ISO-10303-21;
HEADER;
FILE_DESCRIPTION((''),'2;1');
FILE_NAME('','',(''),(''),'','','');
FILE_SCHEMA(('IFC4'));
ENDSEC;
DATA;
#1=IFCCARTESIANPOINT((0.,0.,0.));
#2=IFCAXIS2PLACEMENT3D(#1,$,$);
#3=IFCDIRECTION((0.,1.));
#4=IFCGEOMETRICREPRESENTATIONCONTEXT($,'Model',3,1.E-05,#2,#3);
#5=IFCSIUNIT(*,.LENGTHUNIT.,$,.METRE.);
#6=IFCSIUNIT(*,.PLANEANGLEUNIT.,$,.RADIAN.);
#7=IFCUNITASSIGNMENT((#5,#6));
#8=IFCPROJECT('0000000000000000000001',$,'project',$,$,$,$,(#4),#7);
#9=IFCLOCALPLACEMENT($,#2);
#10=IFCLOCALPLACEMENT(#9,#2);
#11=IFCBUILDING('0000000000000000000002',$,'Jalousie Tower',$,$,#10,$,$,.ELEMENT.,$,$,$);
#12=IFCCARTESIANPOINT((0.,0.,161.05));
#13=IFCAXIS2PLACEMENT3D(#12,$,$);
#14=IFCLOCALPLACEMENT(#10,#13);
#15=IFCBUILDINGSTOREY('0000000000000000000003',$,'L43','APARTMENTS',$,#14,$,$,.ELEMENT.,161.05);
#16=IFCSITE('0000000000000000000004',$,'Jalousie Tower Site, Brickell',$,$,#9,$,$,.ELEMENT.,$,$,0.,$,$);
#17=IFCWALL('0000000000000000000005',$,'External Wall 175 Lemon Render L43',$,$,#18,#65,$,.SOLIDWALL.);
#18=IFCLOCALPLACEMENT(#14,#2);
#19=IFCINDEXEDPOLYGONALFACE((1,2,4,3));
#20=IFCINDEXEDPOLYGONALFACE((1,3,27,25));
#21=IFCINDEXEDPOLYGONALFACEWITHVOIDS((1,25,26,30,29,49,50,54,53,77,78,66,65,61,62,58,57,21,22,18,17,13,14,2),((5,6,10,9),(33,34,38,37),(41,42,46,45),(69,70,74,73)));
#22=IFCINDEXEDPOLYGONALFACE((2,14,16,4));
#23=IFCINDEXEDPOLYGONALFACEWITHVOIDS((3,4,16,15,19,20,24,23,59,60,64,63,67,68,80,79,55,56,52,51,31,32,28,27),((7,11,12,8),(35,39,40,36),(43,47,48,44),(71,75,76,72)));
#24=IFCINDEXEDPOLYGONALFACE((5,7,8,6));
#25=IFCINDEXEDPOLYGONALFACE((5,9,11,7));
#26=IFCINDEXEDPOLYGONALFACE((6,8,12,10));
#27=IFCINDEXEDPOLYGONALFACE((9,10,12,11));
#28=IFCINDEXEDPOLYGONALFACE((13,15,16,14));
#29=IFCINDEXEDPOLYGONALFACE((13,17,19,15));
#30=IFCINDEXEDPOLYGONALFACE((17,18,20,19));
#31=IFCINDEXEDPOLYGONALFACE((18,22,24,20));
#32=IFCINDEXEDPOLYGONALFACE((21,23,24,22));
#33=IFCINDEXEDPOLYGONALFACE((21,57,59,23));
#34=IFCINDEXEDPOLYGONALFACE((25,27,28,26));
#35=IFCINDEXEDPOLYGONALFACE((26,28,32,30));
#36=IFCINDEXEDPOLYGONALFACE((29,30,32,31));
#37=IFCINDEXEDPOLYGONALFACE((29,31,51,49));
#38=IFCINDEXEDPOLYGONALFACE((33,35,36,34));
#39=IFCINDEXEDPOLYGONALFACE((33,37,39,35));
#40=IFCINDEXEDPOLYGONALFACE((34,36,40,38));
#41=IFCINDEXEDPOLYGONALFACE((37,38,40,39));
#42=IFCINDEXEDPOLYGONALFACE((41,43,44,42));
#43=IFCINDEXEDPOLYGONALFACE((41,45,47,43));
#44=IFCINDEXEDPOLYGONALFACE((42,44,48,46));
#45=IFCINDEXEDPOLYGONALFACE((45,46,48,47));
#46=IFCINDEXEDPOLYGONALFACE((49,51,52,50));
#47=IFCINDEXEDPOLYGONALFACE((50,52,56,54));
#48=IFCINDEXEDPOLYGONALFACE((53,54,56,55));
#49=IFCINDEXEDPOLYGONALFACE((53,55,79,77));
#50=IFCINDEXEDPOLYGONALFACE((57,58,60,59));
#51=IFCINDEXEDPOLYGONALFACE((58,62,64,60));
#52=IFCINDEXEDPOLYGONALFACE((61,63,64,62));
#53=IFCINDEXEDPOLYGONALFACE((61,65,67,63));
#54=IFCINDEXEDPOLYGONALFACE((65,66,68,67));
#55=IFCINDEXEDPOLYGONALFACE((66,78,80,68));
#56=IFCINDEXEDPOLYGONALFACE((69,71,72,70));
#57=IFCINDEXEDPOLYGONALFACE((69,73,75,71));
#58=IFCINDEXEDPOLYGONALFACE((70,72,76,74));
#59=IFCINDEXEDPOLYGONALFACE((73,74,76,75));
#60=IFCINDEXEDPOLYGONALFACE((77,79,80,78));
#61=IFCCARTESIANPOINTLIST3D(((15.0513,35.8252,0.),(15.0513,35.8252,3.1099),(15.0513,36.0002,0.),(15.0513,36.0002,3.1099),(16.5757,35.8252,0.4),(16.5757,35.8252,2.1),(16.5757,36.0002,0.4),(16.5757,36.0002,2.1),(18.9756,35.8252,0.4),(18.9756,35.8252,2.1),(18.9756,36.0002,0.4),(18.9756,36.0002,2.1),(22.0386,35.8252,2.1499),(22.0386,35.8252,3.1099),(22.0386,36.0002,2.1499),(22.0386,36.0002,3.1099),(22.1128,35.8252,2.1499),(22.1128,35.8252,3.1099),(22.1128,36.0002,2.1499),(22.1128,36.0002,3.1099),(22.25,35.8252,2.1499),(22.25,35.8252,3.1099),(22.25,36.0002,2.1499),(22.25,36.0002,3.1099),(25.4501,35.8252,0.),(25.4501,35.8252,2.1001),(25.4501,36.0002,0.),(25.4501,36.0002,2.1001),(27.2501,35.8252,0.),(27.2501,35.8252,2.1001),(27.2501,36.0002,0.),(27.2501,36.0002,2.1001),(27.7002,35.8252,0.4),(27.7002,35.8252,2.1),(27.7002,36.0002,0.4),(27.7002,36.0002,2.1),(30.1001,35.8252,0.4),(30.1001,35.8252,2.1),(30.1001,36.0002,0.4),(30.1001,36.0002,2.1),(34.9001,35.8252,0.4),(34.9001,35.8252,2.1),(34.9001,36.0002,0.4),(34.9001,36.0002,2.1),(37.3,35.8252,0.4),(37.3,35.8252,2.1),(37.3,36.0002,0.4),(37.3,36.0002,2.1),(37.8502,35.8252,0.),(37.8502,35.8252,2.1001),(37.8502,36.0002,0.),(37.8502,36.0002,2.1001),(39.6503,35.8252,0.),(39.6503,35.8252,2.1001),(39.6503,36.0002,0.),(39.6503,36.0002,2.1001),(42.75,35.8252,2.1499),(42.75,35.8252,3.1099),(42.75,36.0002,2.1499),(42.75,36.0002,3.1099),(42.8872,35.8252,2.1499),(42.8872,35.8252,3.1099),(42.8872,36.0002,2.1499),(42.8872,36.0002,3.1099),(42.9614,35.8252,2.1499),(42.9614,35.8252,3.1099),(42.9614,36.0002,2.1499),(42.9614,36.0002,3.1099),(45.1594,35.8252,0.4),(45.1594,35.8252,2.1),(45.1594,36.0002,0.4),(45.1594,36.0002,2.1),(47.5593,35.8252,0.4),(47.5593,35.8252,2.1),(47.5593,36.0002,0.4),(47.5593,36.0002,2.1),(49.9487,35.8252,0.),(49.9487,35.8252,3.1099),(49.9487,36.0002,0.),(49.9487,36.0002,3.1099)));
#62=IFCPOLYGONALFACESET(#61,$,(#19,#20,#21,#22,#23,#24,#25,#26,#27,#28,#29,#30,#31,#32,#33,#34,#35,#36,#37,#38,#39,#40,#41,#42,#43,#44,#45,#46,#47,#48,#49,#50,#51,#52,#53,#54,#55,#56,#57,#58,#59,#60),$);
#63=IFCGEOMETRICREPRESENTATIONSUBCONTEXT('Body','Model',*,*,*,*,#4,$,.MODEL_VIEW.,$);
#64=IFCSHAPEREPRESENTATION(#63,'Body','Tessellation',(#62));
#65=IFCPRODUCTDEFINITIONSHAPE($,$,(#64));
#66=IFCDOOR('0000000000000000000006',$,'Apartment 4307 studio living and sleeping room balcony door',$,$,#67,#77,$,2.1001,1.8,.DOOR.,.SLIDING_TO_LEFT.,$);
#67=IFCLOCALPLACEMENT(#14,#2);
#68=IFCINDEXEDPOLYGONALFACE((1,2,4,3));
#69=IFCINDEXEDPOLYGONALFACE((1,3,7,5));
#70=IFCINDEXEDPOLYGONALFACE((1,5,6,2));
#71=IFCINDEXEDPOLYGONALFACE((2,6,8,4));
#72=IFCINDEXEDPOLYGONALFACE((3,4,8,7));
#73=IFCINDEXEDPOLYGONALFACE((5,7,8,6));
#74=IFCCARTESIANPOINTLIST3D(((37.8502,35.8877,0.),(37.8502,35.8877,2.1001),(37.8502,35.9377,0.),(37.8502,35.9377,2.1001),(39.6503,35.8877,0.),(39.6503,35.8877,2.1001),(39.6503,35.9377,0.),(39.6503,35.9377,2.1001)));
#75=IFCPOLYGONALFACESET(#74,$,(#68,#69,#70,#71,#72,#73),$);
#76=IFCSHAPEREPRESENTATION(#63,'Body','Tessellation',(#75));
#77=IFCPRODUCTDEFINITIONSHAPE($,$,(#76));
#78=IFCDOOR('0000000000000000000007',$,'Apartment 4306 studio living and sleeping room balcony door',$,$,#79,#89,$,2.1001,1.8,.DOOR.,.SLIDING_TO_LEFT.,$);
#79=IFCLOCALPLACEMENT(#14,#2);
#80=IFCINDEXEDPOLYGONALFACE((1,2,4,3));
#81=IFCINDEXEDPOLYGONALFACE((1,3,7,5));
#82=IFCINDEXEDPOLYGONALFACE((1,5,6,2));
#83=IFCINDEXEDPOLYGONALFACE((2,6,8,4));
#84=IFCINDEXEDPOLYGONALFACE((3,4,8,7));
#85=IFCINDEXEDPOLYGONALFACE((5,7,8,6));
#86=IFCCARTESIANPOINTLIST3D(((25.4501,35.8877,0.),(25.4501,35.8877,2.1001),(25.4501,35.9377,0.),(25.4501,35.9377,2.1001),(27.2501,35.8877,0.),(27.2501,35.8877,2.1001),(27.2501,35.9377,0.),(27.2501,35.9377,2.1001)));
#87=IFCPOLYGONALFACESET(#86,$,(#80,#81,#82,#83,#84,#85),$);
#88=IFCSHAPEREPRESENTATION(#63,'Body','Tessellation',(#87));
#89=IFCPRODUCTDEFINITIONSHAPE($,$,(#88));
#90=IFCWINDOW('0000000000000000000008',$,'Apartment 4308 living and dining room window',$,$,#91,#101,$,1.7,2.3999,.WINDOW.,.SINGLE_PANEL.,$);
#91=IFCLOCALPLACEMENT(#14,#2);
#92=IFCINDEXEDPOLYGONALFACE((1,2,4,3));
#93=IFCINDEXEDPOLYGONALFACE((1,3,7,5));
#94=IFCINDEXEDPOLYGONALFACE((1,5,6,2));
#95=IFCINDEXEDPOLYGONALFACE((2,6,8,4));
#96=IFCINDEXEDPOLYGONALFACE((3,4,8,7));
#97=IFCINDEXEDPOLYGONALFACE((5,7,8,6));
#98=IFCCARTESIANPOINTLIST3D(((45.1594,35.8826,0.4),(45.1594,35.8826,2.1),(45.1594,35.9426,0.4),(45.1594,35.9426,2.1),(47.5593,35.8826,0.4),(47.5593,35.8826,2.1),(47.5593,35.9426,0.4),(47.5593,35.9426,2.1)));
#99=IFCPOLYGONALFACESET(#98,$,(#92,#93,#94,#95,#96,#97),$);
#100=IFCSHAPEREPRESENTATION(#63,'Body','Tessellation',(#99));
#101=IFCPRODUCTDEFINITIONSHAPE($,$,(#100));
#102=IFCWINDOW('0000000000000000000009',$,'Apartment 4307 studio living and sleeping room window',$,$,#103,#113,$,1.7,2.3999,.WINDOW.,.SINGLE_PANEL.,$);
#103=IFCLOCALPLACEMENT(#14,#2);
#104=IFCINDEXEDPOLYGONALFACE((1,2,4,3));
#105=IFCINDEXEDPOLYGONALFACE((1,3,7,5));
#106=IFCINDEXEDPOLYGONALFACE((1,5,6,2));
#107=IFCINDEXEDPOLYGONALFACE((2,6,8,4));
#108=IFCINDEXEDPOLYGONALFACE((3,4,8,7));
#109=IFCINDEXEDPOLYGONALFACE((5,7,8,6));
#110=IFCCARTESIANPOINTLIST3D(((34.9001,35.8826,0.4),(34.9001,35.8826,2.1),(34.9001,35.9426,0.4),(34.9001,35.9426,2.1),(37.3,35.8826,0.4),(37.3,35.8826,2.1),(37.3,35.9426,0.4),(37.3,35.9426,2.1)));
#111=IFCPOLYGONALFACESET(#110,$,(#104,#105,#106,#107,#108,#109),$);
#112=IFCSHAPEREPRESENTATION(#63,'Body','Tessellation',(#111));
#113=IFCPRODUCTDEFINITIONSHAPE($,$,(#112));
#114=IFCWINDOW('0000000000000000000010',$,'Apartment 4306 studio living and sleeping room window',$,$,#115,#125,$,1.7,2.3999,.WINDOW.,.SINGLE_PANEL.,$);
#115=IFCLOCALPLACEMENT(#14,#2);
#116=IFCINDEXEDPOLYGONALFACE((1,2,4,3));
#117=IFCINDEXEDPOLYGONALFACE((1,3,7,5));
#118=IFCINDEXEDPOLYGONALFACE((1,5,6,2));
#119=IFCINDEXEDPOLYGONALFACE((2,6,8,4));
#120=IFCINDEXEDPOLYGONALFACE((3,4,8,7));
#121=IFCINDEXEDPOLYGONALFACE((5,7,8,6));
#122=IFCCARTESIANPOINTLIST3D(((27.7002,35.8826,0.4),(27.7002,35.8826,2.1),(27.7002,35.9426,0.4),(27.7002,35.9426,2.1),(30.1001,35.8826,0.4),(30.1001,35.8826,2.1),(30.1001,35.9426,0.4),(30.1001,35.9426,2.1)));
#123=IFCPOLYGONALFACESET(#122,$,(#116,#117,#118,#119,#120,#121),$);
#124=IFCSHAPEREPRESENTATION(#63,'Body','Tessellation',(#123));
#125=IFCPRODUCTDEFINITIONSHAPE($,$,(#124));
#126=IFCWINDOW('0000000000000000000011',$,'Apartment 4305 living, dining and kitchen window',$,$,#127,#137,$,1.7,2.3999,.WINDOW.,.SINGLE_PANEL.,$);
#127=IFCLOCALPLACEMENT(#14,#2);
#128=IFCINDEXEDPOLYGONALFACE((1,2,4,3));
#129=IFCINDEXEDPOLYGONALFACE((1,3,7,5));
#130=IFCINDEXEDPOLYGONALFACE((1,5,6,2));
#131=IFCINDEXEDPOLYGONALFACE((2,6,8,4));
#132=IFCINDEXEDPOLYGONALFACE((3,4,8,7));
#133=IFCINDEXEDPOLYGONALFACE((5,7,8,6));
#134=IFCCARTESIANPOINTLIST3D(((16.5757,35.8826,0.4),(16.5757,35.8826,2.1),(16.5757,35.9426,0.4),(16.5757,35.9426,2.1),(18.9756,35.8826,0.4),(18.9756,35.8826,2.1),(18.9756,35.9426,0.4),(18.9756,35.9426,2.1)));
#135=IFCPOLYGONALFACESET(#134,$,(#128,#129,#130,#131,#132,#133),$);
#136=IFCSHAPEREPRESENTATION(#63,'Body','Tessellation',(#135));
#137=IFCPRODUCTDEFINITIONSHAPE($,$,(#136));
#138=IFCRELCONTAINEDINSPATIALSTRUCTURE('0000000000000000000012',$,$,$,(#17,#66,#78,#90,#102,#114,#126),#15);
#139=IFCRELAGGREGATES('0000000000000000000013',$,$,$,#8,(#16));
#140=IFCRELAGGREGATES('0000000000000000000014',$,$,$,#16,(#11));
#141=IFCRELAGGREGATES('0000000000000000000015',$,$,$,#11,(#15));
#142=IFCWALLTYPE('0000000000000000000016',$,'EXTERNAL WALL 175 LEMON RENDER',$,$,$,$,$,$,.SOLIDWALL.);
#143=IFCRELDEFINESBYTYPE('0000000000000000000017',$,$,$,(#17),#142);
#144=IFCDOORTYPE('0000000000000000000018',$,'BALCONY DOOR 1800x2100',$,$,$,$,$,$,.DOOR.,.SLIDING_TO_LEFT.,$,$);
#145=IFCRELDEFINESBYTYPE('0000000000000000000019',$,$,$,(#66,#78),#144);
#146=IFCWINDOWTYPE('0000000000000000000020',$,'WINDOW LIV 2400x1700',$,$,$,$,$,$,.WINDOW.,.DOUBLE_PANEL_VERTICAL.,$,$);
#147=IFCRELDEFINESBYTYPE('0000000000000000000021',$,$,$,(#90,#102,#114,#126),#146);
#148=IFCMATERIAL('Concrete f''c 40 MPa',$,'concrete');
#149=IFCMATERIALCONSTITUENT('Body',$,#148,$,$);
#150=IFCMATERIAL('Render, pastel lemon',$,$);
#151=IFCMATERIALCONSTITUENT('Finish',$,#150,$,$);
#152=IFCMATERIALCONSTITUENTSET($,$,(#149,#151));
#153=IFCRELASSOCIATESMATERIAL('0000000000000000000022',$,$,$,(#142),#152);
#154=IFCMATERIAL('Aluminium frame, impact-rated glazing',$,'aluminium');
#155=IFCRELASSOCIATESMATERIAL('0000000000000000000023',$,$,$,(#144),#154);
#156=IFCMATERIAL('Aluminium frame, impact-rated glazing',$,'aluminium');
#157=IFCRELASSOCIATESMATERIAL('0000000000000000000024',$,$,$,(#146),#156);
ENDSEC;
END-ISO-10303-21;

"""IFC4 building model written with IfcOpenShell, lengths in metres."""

from ifc_helpers import new_model, si_unit, direction, frame, frame_2d, origin, place, context, subcontext, project, spatial, polyline, rectangle, outline, extrude, material, constituent, constituent_set, type_object, element, fill, save


model = new_model("IFC4")

# Units and contexts
model_context = context("Model", 3, precision=1e-05, world=origin(), true_north=direction((0.0, 1.0)))
body_context = subcontext(model_context, "Body", "Model", "MODEL_VIEW")
ifc_project = project(units=[si_unit("LENGTHUNIT", "METRE"), si_unit("PLANEANGLEUNIT", "RADIAN")], contexts=[model_context])

# Site, building, storey
site_placement = place(None, origin())
site = spatial("IfcSite", under=ifc_project, at=site_placement, Name="Jalousie Tower Site, Brickell", CompositionType="ELEMENT", RefElevation=0.0)
building_placement = place(site_placement, origin())
building = spatial("IfcBuilding", under=site, at=building_placement, Name="Jalousie Tower", CompositionType="ELEMENT")
storey_placement = place(building_placement, frame((0.0, 0.0, 161.05)))
storey = spatial("IfcBuildingStorey", under=building, at=storey_placement, Name="L43", Description="APARTMENTS", CompositionType="ELEMENT", Elevation=161.05)

# Wall, openings, doors, windows
ifc_material_1 = material(Name="Concrete f'c 40 MPa", Category="concrete")
ifc_constituent_1 = constituent(ifc_material_1, Name="Body")
ifc_material_2 = material(Name="Render, pastel lemon")
ifc_constituent_2 = constituent(ifc_material_2, Name="Finish")
ifc_constituent_set_1 = constituent_set(constituents=[ifc_constituent_1, ifc_constituent_2])
wall_type_1 = type_object("IfcWallType", Name="EXTERNAL WALL 175 LEMON RENDER", PredefinedType="SOLIDWALL", material=ifc_constituent_set_1)
wall_1_placement = place(storey_placement, frame((49.9487, 35.9126, 0.0), z_axis=(0.0, 0.0, 1.0), x_axis=(-1.0, 0.0, 0.0)))
wall_1 = element("IfcWall", 1, at=wall_1_placement, inside=storey, type_object=wall_type_1, Name="External Wall 175 Lemon Render L43", PredefinedType="SOLIDWALL", context=body_context, shape_type="SweptSolid", body=[
    extrude(outline(polyline([(0.0, 0.0), (34.8975, 0.0), (34.8975, 3.1099), (27.9102, 3.1099), (27.9102, 2.1499), (27.8359, 2.1499), (27.8359, 3.1099), (27.6987, 3.1099), (27.6987, 2.1499), (7.1987, 2.1499), (7.1987, 3.1099), (7.0615, 3.1099), (7.0615, 2.1499), (6.9873, 2.1499), (6.9873, 3.1099), (0.0, 3.1099), (0.0, 0.0)])), frame((0.0, 0.0874, 0.0), z_axis=(0.0, -1.0, 0.0), x_axis=(1.0, 0.0, 0.0)), (0.0, 0.0, 1.0), 0.175),
])
opening_1_placement = place(wall_1_placement, frame((2.3894, 0.0, 0.3999)))
opening_1 = element("IfcOpeningElement", 2, at=opening_1_placement, cuts=wall_1, PredefinedType="OPENING", context=body_context, shape_type="SweptSolid", body=[
    extrude(rectangle(XDim=2.3999, YDim=1.7, at=frame_2d((1.2, 0.8501))), frame((0.0, 0.0974, 0.0), z_axis=(0.0, -1.0, 0.0), x_axis=(1.0, 0.0, 0.0)), (0.0, 0.0, 1.0), 0.1951),
])
opening_2_placement = place(wall_1_placement, frame((10.2986, 0.0, 0.0)))
opening_2 = element("IfcOpeningElement", 3, at=opening_2_placement, cuts=wall_1, PredefinedType="OPENING", context=body_context, shape_type="SweptSolid", body=[
    extrude(rectangle(XDim=1.8, YDim=2.1001, at=frame_2d((0.8999, 1.05))), frame((0.0, 0.0974, 0.0), z_axis=(0.0, -1.0, 0.0), x_axis=(1.0, 0.0, 0.0)), (0.0, 0.0, 1.0), 0.1951),
])
opening_3_placement = place(wall_1_placement, frame((12.6487, 0.0, 0.3999)))
opening_3 = element("IfcOpeningElement", 4, at=opening_3_placement, cuts=wall_1, PredefinedType="OPENING", context=body_context, shape_type="SweptSolid", body=[
    extrude(rectangle(XDim=2.3999, YDim=1.7, at=frame_2d((1.2, 0.8501))), frame((0.0, 0.0974, 0.0), z_axis=(0.0, -1.0, 0.0), x_axis=(1.0, 0.0, 0.0)), (0.0, 0.0, 1.0), 0.1951),
])
opening_4_placement = place(wall_1_placement, frame((22.6987, 0.0, 0.0)))
opening_4 = element("IfcOpeningElement", 5, at=opening_4_placement, cuts=wall_1, PredefinedType="OPENING", context=body_context, shape_type="SweptSolid", body=[
    extrude(rectangle(XDim=1.8, YDim=2.1001, at=frame_2d((0.8999, 1.05))), frame((0.0, 0.0974, 0.0), z_axis=(0.0, -1.0, 0.0), x_axis=(1.0, 0.0, 0.0)), (0.0, 0.0, 1.0), 0.1951),
])
opening_5_placement = place(wall_1_placement, frame((19.8486, 0.0, 0.3999)))
opening_5 = element("IfcOpeningElement", 6, at=opening_5_placement, cuts=wall_1, PredefinedType="OPENING", context=body_context, shape_type="SweptSolid", body=[
    extrude(rectangle(XDim=2.3999, YDim=1.7, at=frame_2d((1.2, 0.8501))), frame((0.0, 0.0974, 0.0), z_axis=(0.0, -1.0, 0.0), x_axis=(1.0, 0.0, 0.0)), (0.0, 0.0, 1.0), 0.1951),
])
opening_6_placement = place(wall_1_placement, frame((30.9731, 0.0, 0.3999)))
opening_6 = element("IfcOpeningElement", 7, at=opening_6_placement, cuts=wall_1, PredefinedType="OPENING", context=body_context, shape_type="SweptSolid", body=[
    extrude(rectangle(XDim=2.3999, YDim=1.7, at=frame_2d((1.2, 0.8501))), frame((0.0, 0.0974, 0.0), z_axis=(0.0, -1.0, 0.0), x_axis=(1.0, 0.0, 0.0)), (0.0, 0.0, 1.0), 0.1951),
])
ifc_material_3 = material(Name="Aluminium frame, impact-rated glazing", Category="aluminium")
door_type_1 = type_object("IfcDoorType", Name="BALCONY DOOR 1800x2100", OperationType="SLIDING_TO_LEFT", PredefinedType="DOOR", material=ifc_material_3)
door_1_placement = place(opening_2_placement, origin())
door_1 = element("IfcDoor", 8, at=door_1_placement, inside=storey, type_object=door_type_1, Name="Apartment 4307 studio living and sleeping room balcony door", OperationType="SLIDING_TO_LEFT", OverallHeight=2.1001, OverallWidth=1.8, PredefinedType="DOOR", context=body_context, shape_type="SweptSolid", body=[
    extrude(rectangle(XDim=1.8, YDim=2.1001, at=frame_2d((0.8999, 1.05))), frame((0.0, 0.0249, 0.0), z_axis=(0.0, -1.0, 0.0), x_axis=(1.0, 0.0, 0.0)), (0.0, 0.0, 1.0), 0.05),
])
fill(opening_2, door_1)
door_2_placement = place(opening_4_placement, origin())
door_2 = element("IfcDoor", 9, at=door_2_placement, inside=storey, type_object=door_type_1, Name="Apartment 4306 studio living and sleeping room balcony door", OperationType="SLIDING_TO_LEFT", OverallHeight=2.1001, OverallWidth=1.8, PredefinedType="DOOR", context=body_context, shape_type="SweptSolid", body=[
    extrude(rectangle(XDim=1.8, YDim=2.1001, at=frame_2d((0.8999, 1.05))), frame((0.0, 0.0249, 0.0), z_axis=(0.0, -1.0, 0.0), x_axis=(1.0, 0.0, 0.0)), (0.0, 0.0, 1.0), 0.05),
])
fill(opening_4, door_2)
ifc_material_4 = material(Name="Aluminium frame, impact-rated glazing", Category="aluminium")
window_type = type_object("IfcWindowType", Name="WINDOW LIV 2400x1700", PartitioningType="DOUBLE_PANEL_VERTICAL", PredefinedType="WINDOW", material=ifc_material_4)
window_1_placement = place(opening_1_placement, origin())
window_1 = element("IfcWindow", 10, at=window_1_placement, inside=storey, type_object=window_type, Name="Apartment 4308 living and dining room window", OverallHeight=1.7, OverallWidth=2.3999, PartitioningType="SINGLE_PANEL", PredefinedType="WINDOW", context=body_context, shape_type="SweptSolid", body=[
    extrude(rectangle(XDim=2.3999, YDim=1.7, at=frame_2d((1.2, 0.8501))), frame((0.0, 0.03, 0.0), z_axis=(0.0, -1.0, 0.0), x_axis=(1.0, 0.0, 0.0)), (0.0, 0.0, 1.0), 0.0601),
])
fill(opening_1, window_1)
window_2_placement = place(opening_3_placement, origin())
window_2 = element("IfcWindow", 11, at=window_2_placement, inside=storey, type_object=window_type, Name="Apartment 4307 studio living and sleeping room window", OverallHeight=1.7, OverallWidth=2.3999, PartitioningType="SINGLE_PANEL", PredefinedType="WINDOW", context=body_context, shape_type="SweptSolid", body=[
    extrude(rectangle(XDim=2.3999, YDim=1.7, at=frame_2d((1.2, 0.8501))), frame((0.0, 0.03, 0.0), z_axis=(0.0, -1.0, 0.0), x_axis=(1.0, 0.0, 0.0)), (0.0, 0.0, 1.0), 0.0601),
])
fill(opening_3, window_2)
window_3_placement = place(opening_5_placement, origin())
window_3 = element("IfcWindow", 12, at=window_3_placement, inside=storey, type_object=window_type, Name="Apartment 4306 studio living and sleeping room window", OverallHeight=1.7, OverallWidth=2.3999, PartitioningType="SINGLE_PANEL", PredefinedType="WINDOW", context=body_context, shape_type="SweptSolid", body=[
    extrude(rectangle(XDim=2.3999, YDim=1.7, at=frame_2d((1.2, 0.8501))), frame((0.0, 0.03, 0.0), z_axis=(0.0, -1.0, 0.0), x_axis=(1.0, 0.0, 0.0)), (0.0, 0.0, 1.0), 0.0601),
])
fill(opening_5, window_3)
window_4_placement = place(opening_6_placement, origin())
window_4 = element("IfcWindow", 13, at=window_4_placement, inside=storey, type_object=window_type, Name="Apartment 4305 living, dining and kitchen window", OverallHeight=1.7, OverallWidth=2.3999, PartitioningType="SINGLE_PANEL", PredefinedType="WINDOW", context=body_context, shape_type="SweptSolid", body=[
    extrude(rectangle(XDim=2.3999, YDim=1.7, at=frame_2d((1.2, 0.8501))), frame((0.0, 0.03, 0.0), z_axis=(0.0, -1.0, 0.0), x_axis=(1.0, 0.0, 0.0)), (0.0, 0.0, 1.0), 0.0601),
])
fill(opening_6, window_4)

save(model, "model.ifc")
